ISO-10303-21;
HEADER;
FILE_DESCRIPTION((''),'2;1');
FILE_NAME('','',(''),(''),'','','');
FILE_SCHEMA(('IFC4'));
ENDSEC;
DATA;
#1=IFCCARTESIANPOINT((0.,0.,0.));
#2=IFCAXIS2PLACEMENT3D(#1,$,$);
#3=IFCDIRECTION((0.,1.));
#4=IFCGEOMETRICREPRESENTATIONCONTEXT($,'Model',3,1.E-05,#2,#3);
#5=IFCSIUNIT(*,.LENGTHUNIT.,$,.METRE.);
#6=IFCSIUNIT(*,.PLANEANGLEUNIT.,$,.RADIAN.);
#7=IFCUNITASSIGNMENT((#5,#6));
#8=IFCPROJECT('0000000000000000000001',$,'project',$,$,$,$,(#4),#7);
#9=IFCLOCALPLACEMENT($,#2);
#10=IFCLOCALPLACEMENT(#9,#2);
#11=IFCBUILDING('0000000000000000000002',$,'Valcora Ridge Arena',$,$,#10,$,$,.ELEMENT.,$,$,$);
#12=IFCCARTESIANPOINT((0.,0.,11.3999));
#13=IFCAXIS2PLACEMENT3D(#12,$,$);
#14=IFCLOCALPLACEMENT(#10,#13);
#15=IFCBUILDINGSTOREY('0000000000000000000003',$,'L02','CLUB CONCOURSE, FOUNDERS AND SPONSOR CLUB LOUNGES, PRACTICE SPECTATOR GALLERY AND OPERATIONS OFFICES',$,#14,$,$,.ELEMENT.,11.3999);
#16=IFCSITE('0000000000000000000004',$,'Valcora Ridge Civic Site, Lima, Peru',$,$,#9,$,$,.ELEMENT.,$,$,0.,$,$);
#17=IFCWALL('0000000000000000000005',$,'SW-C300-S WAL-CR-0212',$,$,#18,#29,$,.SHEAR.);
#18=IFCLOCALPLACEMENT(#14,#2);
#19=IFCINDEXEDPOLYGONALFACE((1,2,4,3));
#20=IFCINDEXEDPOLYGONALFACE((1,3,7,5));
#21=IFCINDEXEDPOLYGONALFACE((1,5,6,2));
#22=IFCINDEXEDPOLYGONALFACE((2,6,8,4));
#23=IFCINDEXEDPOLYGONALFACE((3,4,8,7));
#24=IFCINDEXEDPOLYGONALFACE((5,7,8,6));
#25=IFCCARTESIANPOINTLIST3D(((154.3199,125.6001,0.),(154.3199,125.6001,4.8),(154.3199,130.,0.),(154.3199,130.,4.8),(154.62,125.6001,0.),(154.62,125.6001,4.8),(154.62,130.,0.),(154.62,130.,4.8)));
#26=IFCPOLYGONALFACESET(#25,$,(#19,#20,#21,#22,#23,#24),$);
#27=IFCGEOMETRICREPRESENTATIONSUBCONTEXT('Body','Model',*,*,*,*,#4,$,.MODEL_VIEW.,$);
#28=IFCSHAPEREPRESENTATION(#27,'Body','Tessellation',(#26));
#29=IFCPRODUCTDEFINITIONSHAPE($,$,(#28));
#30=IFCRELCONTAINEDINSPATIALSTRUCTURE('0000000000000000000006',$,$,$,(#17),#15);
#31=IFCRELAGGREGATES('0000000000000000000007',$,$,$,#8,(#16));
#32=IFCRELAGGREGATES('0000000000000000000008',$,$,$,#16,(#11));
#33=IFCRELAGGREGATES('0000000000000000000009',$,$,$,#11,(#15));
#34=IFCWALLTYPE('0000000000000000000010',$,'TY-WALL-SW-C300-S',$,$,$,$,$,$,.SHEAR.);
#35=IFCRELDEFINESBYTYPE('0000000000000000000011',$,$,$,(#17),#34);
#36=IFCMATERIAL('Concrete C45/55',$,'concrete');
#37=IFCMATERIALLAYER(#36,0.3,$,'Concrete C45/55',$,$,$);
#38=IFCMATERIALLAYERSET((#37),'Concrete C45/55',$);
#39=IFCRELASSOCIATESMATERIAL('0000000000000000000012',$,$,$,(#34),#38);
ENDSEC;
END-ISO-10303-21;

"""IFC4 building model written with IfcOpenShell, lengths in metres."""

from ifc_helpers import new_model, si_unit, direction, frame, frame_2d, origin, place, context, subcontext, project, spatial, rectangle, extrude, material, layer, layer_set, type_object, element, save


model = new_model("IFC4")

# Units and contexts
model_context = context("Model", 3, precision=1e-05, world=origin(), true_north=direction((0.0, 1.0)))
body_context = subcontext(model_context, "Body", "Model", "MODEL_VIEW")
ifc_project = project(units=[si_unit("LENGTHUNIT", "METRE"), si_unit("PLANEANGLEUNIT", "RADIAN")], contexts=[model_context])

# Site, building, storey
site_placement = place(None, origin())
site = spatial("IfcSite", under=ifc_project, at=site_placement, Name="Valcora Ridge Civic Site, Lima, Peru", CompositionType="ELEMENT", RefElevation=0.0)
building_placement = place(site_placement, origin())
building = spatial("IfcBuilding", under=site, at=building_placement, Name="Valcora Ridge Arena", CompositionType="ELEMENT")
storey_placement = place(building_placement, frame((0.0, 0.0, 11.3999)))
storey = spatial("IfcBuildingStorey", under=building, at=storey_placement, Name="L02", Description="CLUB CONCOURSE, FOUNDERS AND SPONSOR CLUB LOUNGES, PRACTICE SPECTATOR GALLERY AND OPERATIONS OFFICES", CompositionType="ELEMENT", Elevation=11.3999)

# Shared definitions
ifc_material_1 = material(Name="Concrete C45/55", Category="concrete")

# Shared definitions
ifc_layer_1 = layer(ifc_material_1, 0.3, Name="Concrete C45/55")
ifc_layer_set_1 = layer_set([ifc_layer_1], Name="Concrete C45/55")
wall_type_1 = type_object("IfcWallType", Name="TY-WALL-SW-C300-S", PredefinedType="SHEAR", material=ifc_layer_set_1)

# Wall
wall_1_placement = place(storey_placement, frame((154.47, 125.6001, 0.0), z_axis=(0.0, 0.0, 1.0), x_axis=(0.0, 1.0, 0.0)))
element("IfcWall", 1, at=wall_1_placement, inside=storey, type_object=wall_type_1, Name="SW-C300-S WAL-CR-0212", PredefinedType="SHEAR", context=body_context, shape_type="SweptSolid", body=[
    extrude(rectangle(XDim=4.3999, YDim=0.3, at=frame_2d((2.2, 0.0))), origin(), (0.0, 0.0, 1.0), 4.8),
])

save(model, "model.ifc")
